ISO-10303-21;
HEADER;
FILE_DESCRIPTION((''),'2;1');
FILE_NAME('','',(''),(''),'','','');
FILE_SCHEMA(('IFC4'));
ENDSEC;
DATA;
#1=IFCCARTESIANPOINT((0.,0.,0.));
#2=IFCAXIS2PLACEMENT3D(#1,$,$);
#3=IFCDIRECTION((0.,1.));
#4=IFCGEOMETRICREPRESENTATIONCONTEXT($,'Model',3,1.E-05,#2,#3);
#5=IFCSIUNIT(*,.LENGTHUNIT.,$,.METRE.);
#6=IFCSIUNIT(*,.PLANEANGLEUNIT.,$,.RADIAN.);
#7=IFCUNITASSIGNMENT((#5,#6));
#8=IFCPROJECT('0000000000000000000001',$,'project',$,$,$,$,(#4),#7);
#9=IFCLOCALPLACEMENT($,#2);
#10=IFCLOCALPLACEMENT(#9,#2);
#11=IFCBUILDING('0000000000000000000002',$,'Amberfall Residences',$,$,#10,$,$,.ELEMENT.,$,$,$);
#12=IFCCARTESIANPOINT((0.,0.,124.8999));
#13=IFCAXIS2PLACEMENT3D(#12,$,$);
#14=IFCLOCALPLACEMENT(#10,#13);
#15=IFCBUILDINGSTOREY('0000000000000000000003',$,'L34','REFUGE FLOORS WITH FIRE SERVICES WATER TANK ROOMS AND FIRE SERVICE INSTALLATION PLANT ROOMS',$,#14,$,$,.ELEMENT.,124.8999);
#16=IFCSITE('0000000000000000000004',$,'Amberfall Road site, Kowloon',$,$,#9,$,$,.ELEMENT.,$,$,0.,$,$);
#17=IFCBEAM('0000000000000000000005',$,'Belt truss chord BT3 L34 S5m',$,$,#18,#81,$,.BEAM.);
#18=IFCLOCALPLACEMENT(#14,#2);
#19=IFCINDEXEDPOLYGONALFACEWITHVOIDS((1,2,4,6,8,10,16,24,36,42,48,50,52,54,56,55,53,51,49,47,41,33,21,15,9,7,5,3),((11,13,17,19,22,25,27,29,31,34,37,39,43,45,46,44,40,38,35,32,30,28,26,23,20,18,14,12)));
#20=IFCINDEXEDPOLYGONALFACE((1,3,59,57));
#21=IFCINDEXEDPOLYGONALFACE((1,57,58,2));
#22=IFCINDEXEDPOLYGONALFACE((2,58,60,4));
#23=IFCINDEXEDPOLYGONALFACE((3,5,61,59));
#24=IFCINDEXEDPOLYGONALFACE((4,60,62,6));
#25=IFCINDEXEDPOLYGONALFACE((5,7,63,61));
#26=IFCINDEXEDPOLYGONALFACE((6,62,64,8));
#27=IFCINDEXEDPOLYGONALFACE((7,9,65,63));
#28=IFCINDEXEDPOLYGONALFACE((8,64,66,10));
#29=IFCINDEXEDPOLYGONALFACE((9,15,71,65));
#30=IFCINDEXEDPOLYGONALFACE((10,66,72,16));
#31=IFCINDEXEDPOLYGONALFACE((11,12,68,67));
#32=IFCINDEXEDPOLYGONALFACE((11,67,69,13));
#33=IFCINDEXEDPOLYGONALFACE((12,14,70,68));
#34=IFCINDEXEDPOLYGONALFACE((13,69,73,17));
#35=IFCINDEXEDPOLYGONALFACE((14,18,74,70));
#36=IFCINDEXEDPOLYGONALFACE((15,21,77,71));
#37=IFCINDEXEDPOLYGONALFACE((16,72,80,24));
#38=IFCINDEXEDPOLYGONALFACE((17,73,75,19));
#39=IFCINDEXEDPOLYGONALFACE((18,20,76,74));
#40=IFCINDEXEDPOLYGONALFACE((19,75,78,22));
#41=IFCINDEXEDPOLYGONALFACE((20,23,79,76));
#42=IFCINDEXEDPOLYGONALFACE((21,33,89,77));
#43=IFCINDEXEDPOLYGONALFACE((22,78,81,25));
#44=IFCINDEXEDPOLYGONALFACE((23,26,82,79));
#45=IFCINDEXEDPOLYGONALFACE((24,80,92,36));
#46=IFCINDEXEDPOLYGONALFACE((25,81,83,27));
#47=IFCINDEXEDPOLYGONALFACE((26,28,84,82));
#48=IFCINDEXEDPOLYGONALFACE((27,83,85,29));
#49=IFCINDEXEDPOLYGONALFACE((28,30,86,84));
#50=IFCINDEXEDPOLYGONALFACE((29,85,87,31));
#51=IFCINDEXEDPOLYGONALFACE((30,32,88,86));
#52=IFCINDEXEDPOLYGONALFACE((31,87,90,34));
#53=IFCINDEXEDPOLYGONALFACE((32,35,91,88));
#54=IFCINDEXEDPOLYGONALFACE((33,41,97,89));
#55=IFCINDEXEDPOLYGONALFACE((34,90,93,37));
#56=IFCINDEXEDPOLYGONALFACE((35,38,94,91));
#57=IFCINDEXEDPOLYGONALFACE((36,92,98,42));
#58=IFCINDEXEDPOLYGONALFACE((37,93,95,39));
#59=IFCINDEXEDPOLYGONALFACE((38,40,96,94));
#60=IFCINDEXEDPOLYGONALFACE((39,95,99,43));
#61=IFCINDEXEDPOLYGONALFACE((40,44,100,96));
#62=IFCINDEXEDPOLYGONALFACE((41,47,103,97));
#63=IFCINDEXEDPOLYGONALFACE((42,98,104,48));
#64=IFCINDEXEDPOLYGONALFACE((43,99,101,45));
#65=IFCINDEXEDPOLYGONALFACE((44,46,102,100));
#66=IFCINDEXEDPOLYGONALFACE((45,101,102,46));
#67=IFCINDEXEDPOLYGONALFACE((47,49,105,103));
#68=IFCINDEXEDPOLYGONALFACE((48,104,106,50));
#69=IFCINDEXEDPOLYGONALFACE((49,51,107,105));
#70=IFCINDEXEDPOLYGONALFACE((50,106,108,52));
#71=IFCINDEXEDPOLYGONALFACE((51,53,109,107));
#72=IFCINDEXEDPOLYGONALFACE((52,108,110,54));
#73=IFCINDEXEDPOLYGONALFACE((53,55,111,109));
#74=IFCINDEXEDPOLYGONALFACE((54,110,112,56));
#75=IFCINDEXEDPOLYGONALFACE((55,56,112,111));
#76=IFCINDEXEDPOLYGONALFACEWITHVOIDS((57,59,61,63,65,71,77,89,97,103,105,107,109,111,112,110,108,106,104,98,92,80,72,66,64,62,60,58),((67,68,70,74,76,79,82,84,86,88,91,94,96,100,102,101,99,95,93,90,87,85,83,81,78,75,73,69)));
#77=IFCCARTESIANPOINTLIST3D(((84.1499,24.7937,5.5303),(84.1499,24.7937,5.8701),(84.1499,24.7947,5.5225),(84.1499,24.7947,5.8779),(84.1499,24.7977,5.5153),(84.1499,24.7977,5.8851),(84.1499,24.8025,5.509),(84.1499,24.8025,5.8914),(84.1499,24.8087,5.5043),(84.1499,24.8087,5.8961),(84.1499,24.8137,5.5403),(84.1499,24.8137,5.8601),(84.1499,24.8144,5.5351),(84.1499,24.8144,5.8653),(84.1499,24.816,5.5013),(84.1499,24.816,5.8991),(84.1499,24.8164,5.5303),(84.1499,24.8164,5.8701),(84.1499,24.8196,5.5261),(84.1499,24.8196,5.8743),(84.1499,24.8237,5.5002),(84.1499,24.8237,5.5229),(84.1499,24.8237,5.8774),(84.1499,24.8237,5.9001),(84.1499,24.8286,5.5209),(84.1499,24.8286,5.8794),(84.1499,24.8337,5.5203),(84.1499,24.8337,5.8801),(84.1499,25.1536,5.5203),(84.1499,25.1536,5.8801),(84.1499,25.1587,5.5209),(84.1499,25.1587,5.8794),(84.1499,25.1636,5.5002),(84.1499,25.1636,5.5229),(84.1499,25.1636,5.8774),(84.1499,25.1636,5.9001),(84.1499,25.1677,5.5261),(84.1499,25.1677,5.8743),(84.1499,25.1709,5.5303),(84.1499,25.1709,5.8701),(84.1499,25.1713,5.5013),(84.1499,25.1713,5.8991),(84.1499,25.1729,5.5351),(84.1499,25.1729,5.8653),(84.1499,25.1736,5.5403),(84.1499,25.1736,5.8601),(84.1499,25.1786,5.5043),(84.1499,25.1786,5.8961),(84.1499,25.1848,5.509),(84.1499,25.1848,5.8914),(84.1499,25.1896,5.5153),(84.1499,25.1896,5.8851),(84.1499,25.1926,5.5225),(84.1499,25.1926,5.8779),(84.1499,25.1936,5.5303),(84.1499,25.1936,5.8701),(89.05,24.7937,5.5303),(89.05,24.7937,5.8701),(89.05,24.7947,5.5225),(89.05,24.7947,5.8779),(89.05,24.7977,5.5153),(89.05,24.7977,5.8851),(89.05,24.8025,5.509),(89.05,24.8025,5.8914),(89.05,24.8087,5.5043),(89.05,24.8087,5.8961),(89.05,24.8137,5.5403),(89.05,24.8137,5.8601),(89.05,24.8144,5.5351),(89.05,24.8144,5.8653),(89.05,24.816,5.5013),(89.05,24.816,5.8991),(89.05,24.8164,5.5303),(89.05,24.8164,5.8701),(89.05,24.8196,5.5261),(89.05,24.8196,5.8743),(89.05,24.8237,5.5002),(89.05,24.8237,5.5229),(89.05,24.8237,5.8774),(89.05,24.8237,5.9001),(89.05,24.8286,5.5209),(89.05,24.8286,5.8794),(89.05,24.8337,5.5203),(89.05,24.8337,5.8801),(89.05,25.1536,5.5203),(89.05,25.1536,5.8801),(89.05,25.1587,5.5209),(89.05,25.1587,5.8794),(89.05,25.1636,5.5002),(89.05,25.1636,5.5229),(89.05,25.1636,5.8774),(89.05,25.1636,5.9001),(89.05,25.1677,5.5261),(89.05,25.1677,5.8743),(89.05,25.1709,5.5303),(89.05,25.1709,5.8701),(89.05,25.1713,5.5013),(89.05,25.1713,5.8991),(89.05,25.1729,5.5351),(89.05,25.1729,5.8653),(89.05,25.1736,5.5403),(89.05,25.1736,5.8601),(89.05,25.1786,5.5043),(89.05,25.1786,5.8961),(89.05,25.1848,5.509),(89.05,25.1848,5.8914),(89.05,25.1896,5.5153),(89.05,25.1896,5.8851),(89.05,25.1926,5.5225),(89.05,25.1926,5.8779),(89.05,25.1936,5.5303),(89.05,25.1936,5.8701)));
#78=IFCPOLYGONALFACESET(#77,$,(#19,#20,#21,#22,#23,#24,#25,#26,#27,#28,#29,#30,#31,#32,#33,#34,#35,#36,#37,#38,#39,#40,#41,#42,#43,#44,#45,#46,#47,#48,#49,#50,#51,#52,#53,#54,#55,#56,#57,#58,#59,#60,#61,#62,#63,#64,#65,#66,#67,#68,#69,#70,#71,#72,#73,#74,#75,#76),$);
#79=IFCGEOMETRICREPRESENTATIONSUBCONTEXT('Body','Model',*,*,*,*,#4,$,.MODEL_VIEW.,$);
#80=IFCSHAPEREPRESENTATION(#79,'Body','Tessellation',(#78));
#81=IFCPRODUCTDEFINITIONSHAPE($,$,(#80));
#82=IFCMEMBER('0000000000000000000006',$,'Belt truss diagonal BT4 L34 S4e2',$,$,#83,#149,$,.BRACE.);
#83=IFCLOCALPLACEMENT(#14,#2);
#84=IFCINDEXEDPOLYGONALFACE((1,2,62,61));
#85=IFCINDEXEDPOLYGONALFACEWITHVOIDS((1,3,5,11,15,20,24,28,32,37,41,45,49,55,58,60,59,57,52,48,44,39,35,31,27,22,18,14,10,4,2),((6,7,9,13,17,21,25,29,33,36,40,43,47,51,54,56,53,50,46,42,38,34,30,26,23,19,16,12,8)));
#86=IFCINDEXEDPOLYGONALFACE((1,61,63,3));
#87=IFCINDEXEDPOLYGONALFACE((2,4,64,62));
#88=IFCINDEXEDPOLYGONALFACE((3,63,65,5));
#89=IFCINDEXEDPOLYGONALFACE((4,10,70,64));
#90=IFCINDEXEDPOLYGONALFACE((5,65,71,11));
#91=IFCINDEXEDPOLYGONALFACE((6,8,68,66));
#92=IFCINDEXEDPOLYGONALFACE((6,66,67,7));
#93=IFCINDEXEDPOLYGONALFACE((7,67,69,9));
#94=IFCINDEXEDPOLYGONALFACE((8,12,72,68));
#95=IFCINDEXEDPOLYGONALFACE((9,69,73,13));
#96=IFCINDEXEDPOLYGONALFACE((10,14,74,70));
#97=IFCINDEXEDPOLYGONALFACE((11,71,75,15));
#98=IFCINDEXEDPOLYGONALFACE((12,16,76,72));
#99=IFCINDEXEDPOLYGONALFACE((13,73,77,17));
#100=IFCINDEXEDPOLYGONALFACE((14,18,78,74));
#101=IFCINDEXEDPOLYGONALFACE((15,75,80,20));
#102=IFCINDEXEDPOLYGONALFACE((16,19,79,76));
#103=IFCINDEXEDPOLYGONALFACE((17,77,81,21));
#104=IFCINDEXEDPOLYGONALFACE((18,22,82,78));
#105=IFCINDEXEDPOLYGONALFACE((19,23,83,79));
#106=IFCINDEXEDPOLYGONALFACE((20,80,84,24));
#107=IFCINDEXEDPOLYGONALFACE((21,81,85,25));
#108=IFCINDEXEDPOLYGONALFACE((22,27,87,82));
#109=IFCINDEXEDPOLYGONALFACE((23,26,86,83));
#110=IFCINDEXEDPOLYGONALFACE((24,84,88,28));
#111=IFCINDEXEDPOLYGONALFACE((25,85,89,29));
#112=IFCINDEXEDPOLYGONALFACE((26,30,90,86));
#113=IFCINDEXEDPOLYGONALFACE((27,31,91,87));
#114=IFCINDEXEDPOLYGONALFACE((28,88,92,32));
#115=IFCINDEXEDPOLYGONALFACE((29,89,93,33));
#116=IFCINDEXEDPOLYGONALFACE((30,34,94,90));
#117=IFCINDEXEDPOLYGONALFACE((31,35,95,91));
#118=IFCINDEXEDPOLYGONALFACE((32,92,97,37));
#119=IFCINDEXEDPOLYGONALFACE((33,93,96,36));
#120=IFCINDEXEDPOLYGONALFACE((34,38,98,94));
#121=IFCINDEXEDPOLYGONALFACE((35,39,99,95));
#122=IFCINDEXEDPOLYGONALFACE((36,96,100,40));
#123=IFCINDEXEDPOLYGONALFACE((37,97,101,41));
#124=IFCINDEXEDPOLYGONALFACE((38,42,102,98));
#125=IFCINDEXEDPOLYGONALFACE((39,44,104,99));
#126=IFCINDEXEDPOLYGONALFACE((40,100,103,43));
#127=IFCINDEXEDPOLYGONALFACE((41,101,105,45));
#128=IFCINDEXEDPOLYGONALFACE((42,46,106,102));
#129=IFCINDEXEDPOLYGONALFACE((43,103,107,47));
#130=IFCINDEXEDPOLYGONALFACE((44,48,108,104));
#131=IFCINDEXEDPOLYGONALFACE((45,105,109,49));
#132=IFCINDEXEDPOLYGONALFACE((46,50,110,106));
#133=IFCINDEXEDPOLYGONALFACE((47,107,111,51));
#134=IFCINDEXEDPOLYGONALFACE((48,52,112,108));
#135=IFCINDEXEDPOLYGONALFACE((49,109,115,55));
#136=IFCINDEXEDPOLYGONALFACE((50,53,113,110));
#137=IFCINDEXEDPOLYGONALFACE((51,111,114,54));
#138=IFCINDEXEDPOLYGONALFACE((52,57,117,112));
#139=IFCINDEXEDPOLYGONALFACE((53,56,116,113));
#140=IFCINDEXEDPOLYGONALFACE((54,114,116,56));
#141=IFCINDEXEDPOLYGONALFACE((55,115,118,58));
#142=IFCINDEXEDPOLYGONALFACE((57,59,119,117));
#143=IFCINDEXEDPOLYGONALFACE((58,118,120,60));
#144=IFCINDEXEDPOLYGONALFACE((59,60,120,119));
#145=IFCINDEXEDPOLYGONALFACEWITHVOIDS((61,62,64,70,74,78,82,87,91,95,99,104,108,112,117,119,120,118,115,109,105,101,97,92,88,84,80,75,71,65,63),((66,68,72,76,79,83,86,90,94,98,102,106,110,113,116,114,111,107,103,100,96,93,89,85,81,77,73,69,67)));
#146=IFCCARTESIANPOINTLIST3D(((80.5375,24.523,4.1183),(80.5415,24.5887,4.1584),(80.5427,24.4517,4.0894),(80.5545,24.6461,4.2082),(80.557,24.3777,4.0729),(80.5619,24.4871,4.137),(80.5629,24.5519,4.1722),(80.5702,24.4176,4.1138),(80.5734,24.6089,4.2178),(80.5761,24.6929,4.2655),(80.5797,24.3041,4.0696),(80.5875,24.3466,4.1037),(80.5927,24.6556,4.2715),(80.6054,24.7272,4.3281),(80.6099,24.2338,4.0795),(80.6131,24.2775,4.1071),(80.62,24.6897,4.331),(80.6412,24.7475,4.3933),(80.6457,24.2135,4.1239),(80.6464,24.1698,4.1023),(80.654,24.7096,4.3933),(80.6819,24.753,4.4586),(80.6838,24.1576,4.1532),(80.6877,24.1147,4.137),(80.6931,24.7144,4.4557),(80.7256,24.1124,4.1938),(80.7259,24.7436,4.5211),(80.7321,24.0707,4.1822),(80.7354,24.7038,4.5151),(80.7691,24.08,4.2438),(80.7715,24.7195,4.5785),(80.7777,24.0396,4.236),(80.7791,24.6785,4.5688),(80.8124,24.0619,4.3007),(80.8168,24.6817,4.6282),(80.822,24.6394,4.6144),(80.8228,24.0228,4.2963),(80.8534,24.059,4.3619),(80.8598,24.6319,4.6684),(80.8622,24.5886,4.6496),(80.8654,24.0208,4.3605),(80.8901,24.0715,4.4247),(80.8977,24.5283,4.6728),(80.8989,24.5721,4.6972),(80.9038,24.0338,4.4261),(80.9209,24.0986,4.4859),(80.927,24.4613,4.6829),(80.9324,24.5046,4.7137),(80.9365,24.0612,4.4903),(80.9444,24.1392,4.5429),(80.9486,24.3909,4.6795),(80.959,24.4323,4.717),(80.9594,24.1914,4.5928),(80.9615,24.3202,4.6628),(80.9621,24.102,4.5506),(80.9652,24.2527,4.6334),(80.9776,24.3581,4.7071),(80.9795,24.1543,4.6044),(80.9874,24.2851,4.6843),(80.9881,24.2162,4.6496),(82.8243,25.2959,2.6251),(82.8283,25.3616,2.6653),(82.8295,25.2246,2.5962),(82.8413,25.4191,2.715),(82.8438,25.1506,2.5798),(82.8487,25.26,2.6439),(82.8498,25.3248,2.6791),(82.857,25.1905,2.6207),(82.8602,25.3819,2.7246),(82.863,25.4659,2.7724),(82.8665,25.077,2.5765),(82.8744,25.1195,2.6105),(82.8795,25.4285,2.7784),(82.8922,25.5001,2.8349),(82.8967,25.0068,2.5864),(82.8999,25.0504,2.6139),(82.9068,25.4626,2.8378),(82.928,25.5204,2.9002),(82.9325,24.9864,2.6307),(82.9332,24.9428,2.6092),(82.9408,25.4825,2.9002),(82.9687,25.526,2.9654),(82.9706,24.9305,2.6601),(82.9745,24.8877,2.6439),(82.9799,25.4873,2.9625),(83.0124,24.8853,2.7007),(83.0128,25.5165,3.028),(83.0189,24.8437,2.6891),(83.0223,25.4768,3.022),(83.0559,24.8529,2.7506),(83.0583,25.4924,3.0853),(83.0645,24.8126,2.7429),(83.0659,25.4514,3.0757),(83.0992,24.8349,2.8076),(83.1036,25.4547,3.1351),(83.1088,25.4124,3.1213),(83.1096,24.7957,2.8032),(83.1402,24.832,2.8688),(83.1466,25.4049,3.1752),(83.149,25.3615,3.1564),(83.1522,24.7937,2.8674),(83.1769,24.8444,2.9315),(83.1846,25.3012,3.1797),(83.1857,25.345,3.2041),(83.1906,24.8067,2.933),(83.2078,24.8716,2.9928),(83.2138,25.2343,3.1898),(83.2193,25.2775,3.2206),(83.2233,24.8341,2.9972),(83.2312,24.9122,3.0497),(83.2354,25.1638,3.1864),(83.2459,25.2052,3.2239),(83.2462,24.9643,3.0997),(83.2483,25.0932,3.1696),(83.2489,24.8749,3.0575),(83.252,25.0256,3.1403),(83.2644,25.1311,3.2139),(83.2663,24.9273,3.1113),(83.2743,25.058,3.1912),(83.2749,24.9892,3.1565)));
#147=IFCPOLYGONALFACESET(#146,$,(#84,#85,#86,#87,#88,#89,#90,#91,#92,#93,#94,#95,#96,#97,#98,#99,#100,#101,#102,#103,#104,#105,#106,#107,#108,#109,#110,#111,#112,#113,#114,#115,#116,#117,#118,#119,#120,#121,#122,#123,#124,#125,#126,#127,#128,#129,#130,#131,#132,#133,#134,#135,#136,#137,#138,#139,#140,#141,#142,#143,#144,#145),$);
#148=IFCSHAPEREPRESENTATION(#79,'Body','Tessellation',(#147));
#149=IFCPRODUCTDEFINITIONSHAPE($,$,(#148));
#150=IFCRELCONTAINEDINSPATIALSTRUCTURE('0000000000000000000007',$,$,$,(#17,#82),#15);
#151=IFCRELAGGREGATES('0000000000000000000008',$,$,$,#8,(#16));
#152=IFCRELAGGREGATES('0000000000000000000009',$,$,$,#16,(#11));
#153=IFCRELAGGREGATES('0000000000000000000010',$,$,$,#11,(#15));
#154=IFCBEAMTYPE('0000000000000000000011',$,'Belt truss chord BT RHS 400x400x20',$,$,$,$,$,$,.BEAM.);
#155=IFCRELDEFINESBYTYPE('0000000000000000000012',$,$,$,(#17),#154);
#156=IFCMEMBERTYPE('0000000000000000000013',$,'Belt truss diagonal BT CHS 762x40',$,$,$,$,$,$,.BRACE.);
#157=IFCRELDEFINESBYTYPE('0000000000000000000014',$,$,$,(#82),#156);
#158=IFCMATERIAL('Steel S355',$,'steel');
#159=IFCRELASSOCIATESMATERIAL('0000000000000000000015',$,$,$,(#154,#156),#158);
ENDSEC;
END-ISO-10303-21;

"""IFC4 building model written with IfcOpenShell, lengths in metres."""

from ifc_helpers import new_model, si_unit, direction, frame, origin, origin_2d, place, context, subcontext, project, spatial, hollow_rectangle, hollow_circle, extrude, material, material_profile, profile_set, type_object, element, save


model = new_model("IFC4")

# Units and contexts
model_context = context("Model", 3, precision=1e-05, world=origin(), true_north=direction((0.0, 1.0)))
body_context = subcontext(model_context, "Body", "Model", "MODEL_VIEW")
ifc_project = project(units=[si_unit("LENGTHUNIT", "METRE"), si_unit("PLANEANGLEUNIT", "RADIAN")], contexts=[model_context])

# Site, building, storey
site_placement = place(None, origin())
site = spatial("IfcSite", under=ifc_project, at=site_placement, Name="Amberfall Road site, Kowloon", CompositionType="ELEMENT", RefElevation=0.0)
building_placement = place(site_placement, origin())
building = spatial("IfcBuilding", under=site, at=building_placement, Name="Amberfall Residences", CompositionType="ELEMENT")
storey_placement = place(building_placement, frame((0.0, 0.0, 124.8999)))
storey = spatial("IfcBuildingStorey", under=building, at=storey_placement, Name="L34", Description="REFUGE FLOORS WITH FIRE SERVICES WATER TANK ROOMS AND FIRE SERVICE INSTALLATION PLANT ROOMS", CompositionType="ELEMENT", Elevation=124.8999)

# Beam
ifc_material_1 = material(Name="Steel S355", Category="steel")
ifc_material_profile_1 = material_profile(ifc_material_1, hollow_rectangle(XDim=0.3999, YDim=0.3999, WallThickness=0.02, InnerFilletRadius=0.02, OuterFilletRadius=0.03, at=origin_2d()), Name="RHS 400x400x20")
ifc_profile_set_1 = profile_set([ifc_material_profile_1], Name="Steel S355")
beam_type_1 = type_object("IfcBeamType", Name="Belt truss chord BT RHS 400x400x20", PredefinedType="BEAM", material=ifc_profile_set_1)
beam_1_placement = place(storey_placement, frame((84.1499, 24.9937, 5.7002), z_axis=(1.0, 0.0, 0.0), x_axis=(0.0, 1.0, 0.0)))
element("IfcBeam", 1, at=beam_1_placement, inside=storey, type_object=beam_type_1, Name="Belt truss chord BT3 L34 S5m", PredefinedType="BEAM", context=body_context, shape_type="SweptSolid", body=[
    extrude(hollow_rectangle(XDim=0.3999, YDim=0.3999, WallThickness=0.02, InnerFilletRadius=0.02, OuterFilletRadius=0.03, at=origin_2d()), origin(), (0.0, 0.0, 1.0), 4.9001),
])

# Member
ifc_material_profile_2 = material_profile(ifc_material_1, hollow_circle(Radius=0.3811, WallThickness=0.04, at=origin_2d()), Name="CHS 762x40")
ifc_profile_set_2 = profile_set([ifc_material_profile_2], Name="Steel S355")
member_type = type_object("IfcMemberType", Name="Belt truss diagonal BT CHS 762x40", PredefinedType="BRACE", material=ifc_profile_set_2)
member_1_placement = place(storey_placement, frame((80.7632, 24.3865, 4.3933), z_axis=(0.805677, 0.272315, -0.526051), x_axis=(-0.3202, 0.94735, 0.0)))
element("IfcMember", 2, at=member_1_placement, inside=storey, type_object=member_type, Name="Belt truss diagonal BT4 L34 S4e2", PredefinedType="BRACE", context=body_context, shape_type="SweptSolid", body=[
    extrude(hollow_circle(Radius=0.3811, WallThickness=0.04, at=origin_2d()), origin(), (0.0, 0.0, 1.0), 2.8384),
])

save(model, "model.ifc")
